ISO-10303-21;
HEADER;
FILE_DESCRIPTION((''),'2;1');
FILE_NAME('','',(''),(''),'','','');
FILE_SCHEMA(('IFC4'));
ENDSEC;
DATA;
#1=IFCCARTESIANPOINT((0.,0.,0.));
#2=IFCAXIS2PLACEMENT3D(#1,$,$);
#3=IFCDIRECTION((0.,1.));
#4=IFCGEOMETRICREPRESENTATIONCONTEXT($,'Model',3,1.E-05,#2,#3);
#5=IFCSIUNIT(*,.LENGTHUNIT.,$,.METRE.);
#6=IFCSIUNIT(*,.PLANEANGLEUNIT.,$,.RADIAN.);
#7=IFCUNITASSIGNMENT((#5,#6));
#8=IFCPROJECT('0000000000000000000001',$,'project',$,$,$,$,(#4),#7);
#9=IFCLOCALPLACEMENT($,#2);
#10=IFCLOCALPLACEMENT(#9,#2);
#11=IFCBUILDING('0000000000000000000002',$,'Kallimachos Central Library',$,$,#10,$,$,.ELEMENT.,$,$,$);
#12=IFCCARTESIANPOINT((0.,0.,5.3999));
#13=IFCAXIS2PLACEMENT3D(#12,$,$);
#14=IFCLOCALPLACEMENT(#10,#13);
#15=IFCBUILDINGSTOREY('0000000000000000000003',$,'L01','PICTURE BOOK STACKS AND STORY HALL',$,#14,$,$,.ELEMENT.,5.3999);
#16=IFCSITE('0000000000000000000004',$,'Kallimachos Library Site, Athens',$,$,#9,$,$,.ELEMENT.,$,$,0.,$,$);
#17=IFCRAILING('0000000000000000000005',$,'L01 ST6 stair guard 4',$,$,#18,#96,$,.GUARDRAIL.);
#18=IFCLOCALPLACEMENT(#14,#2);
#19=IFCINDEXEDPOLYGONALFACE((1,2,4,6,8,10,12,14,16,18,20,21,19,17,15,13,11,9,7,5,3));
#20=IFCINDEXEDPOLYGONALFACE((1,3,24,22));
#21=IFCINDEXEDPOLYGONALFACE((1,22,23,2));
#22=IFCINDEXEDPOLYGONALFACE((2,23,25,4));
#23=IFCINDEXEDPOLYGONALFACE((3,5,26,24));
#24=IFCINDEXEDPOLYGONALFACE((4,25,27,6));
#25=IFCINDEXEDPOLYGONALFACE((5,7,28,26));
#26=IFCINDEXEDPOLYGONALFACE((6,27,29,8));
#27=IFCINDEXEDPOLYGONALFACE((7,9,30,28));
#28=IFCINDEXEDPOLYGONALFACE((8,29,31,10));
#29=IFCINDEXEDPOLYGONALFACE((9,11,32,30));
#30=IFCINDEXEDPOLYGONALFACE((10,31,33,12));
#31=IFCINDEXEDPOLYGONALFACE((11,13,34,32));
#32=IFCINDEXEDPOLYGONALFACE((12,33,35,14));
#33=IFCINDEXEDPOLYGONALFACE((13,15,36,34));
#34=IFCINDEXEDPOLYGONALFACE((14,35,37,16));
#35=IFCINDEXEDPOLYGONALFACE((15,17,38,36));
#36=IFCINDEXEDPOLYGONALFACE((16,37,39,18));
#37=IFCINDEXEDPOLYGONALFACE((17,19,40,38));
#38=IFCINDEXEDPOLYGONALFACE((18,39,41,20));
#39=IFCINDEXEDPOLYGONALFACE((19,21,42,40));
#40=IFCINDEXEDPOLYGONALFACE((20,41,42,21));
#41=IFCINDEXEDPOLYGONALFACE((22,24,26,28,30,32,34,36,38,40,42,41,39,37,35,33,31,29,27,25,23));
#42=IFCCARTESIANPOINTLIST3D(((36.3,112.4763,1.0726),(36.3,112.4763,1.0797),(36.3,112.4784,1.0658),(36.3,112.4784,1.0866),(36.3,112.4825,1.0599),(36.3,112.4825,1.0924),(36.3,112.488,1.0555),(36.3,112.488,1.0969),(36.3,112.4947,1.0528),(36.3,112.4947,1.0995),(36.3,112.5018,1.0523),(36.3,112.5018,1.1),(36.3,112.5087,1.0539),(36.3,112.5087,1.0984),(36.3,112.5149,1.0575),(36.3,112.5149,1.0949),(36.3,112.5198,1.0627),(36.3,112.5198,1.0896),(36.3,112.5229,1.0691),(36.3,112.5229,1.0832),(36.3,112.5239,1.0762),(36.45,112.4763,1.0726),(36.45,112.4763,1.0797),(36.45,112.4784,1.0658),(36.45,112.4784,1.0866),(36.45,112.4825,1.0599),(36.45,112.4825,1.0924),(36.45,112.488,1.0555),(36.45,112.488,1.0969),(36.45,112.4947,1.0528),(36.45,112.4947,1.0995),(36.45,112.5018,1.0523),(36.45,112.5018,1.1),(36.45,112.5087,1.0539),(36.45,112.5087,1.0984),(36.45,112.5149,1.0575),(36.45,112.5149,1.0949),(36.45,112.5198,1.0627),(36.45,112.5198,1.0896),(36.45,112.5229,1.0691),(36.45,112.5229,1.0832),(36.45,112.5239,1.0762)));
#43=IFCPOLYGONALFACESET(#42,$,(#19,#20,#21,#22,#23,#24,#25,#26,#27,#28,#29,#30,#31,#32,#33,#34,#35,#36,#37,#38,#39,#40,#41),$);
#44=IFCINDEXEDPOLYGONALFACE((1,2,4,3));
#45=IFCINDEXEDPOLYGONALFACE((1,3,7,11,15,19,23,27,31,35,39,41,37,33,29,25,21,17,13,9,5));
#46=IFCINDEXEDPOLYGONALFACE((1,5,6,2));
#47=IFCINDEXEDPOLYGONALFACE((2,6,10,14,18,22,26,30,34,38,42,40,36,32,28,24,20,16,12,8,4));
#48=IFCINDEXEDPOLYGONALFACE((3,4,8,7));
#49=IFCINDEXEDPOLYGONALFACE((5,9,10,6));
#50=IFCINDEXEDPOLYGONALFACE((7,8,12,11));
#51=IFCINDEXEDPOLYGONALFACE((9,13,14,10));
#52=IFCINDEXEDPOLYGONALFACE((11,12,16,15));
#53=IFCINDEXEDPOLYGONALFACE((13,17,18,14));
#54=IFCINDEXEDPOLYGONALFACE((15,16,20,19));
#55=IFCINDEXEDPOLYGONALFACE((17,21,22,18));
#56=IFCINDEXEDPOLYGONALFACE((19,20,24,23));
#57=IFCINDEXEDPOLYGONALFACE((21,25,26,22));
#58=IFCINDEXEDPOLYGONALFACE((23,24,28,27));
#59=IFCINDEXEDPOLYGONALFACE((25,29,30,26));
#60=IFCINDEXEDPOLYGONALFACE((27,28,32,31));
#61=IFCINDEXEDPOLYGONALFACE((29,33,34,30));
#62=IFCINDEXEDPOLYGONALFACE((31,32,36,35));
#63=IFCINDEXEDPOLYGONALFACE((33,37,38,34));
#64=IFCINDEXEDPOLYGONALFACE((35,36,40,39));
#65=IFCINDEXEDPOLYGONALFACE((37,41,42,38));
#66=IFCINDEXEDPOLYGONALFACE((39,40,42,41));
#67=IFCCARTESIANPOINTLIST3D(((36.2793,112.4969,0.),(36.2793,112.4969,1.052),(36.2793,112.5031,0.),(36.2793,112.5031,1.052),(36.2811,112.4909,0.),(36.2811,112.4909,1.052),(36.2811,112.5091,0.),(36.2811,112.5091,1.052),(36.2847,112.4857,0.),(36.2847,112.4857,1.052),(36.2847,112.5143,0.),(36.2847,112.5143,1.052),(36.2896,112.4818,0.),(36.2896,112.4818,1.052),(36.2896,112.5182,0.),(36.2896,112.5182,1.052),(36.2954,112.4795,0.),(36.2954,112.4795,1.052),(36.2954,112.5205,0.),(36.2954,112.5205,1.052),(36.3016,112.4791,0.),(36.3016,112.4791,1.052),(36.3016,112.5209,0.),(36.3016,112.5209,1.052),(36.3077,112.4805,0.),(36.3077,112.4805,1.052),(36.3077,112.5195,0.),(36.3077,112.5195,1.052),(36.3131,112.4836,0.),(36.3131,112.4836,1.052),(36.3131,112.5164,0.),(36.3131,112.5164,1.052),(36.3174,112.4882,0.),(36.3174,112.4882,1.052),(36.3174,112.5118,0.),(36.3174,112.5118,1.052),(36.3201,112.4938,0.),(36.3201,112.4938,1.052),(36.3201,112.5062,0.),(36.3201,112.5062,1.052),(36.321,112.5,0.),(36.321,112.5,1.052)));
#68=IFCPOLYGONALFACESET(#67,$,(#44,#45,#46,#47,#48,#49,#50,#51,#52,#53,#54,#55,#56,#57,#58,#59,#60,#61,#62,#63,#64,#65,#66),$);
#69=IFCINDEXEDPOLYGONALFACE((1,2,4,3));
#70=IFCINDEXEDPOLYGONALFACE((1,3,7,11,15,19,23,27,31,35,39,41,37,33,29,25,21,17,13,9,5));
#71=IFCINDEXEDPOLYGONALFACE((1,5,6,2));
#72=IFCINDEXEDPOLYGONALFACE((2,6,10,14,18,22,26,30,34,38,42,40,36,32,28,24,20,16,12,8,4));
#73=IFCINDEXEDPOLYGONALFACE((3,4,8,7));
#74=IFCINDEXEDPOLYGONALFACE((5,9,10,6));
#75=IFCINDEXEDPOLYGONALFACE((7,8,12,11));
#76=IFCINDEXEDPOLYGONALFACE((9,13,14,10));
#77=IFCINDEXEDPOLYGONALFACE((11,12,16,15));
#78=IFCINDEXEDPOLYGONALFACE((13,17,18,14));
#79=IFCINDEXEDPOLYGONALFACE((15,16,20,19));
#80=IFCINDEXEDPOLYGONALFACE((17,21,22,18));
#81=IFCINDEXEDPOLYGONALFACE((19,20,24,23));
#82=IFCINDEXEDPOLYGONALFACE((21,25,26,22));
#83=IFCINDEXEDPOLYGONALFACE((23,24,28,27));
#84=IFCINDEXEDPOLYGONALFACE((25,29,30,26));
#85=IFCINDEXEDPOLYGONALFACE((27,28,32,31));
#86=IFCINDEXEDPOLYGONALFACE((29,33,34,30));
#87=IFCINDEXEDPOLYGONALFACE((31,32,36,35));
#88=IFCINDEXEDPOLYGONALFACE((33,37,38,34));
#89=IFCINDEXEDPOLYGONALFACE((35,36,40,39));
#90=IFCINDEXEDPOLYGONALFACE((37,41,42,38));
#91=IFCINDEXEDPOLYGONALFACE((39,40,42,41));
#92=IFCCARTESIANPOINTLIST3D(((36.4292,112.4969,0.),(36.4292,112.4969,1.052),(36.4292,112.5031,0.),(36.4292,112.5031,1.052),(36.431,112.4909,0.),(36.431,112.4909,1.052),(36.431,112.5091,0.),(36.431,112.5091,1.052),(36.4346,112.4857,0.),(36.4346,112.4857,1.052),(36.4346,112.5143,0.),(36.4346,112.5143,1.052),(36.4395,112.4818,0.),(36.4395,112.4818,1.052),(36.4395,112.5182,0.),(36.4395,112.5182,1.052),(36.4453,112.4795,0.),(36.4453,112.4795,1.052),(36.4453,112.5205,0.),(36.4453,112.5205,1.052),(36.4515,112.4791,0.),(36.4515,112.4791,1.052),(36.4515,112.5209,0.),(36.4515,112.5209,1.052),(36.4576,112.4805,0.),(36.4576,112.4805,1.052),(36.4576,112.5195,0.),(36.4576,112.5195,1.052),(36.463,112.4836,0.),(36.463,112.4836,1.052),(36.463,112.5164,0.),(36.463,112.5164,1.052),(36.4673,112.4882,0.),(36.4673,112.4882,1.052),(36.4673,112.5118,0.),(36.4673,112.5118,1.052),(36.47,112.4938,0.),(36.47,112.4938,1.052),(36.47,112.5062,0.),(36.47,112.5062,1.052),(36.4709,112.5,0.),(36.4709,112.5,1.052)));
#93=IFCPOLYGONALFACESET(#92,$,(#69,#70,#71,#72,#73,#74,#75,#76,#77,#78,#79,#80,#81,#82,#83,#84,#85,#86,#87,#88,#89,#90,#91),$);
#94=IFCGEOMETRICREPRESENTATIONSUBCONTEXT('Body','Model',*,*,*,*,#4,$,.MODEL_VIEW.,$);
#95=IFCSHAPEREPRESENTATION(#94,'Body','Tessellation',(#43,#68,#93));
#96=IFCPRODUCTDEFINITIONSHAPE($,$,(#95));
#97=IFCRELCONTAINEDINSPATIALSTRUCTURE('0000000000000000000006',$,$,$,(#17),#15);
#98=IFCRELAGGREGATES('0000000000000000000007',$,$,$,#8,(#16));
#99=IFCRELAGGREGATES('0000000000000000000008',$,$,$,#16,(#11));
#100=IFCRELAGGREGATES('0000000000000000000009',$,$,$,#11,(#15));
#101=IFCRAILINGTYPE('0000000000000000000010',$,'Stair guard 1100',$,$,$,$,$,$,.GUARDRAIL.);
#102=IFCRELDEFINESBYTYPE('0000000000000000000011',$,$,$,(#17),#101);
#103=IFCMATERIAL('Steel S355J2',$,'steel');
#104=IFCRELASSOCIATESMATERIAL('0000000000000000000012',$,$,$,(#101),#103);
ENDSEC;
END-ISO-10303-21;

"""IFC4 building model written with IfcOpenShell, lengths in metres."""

from ifc_helpers import new_model, si_unit, direction, frame, origin, origin_2d, place, context, subcontext, project, spatial, circle, extrude, material, type_object, element, save


model = new_model("IFC4")

# Units and contexts
model_context = context("Model", 3, precision=1e-05, world=origin(), true_north=direction((0.0, 1.0)))
body_context = subcontext(model_context, "Body", "Model", "MODEL_VIEW")
ifc_project = project(units=[si_unit("LENGTHUNIT", "METRE"), si_unit("PLANEANGLEUNIT", "RADIAN")], contexts=[model_context])

# Site, building, storey
site_placement = place(None, origin())
site = spatial("IfcSite", under=ifc_project, at=site_placement, Name="Kallimachos Library Site, Athens", CompositionType="ELEMENT", RefElevation=0.0)
building_placement = place(site_placement, origin())
building = spatial("IfcBuilding", under=site, at=building_placement, Name="Kallimachos Central Library", CompositionType="ELEMENT")
storey_placement = place(building_placement, frame((0.0, 0.0, 5.3999)))
storey = spatial("IfcBuildingStorey", under=building, at=storey_placement, Name="L01", Description="PICTURE BOOK STACKS AND STORY HALL", CompositionType="ELEMENT", Elevation=5.3999)

# Railing
ifc_material_1 = material(Name="Steel S355J2", Category="steel")
railing_type_1 = type_object("IfcRailingType", Name="Stair guard 1100", PredefinedType="GUARDRAIL", material=ifc_material_1)
railing_1_placement = place(storey_placement, frame((36.3, 112.5, 0.0)))
element("IfcRailing", 1, at=railing_1_placement, inside=storey, type_object=railing_type_1, Name="L01 ST6 stair guard 4", PredefinedType="GUARDRAIL", context=body_context, shape_type="SweptSolid", body=[
    extrude(circle(Radius=0.0239, at=origin_2d()), frame((0.0, 0.0, 1.0762), z_axis=(1.0, 0.0, 0.0), x_axis=(0.0, 1.0, 0.0)), (0.0, 0.0, 1.0), 0.1499),
    extrude(circle(Radius=0.021, at=origin_2d()), origin(), (0.0, 0.0, 1.0), 1.052),
    extrude(circle(Radius=0.021, at=origin_2d()), frame((0.1499, 0.0, 0.0)), (0.0, 0.0, 1.0), 1.052),
])

save(model, "model.ifc")
